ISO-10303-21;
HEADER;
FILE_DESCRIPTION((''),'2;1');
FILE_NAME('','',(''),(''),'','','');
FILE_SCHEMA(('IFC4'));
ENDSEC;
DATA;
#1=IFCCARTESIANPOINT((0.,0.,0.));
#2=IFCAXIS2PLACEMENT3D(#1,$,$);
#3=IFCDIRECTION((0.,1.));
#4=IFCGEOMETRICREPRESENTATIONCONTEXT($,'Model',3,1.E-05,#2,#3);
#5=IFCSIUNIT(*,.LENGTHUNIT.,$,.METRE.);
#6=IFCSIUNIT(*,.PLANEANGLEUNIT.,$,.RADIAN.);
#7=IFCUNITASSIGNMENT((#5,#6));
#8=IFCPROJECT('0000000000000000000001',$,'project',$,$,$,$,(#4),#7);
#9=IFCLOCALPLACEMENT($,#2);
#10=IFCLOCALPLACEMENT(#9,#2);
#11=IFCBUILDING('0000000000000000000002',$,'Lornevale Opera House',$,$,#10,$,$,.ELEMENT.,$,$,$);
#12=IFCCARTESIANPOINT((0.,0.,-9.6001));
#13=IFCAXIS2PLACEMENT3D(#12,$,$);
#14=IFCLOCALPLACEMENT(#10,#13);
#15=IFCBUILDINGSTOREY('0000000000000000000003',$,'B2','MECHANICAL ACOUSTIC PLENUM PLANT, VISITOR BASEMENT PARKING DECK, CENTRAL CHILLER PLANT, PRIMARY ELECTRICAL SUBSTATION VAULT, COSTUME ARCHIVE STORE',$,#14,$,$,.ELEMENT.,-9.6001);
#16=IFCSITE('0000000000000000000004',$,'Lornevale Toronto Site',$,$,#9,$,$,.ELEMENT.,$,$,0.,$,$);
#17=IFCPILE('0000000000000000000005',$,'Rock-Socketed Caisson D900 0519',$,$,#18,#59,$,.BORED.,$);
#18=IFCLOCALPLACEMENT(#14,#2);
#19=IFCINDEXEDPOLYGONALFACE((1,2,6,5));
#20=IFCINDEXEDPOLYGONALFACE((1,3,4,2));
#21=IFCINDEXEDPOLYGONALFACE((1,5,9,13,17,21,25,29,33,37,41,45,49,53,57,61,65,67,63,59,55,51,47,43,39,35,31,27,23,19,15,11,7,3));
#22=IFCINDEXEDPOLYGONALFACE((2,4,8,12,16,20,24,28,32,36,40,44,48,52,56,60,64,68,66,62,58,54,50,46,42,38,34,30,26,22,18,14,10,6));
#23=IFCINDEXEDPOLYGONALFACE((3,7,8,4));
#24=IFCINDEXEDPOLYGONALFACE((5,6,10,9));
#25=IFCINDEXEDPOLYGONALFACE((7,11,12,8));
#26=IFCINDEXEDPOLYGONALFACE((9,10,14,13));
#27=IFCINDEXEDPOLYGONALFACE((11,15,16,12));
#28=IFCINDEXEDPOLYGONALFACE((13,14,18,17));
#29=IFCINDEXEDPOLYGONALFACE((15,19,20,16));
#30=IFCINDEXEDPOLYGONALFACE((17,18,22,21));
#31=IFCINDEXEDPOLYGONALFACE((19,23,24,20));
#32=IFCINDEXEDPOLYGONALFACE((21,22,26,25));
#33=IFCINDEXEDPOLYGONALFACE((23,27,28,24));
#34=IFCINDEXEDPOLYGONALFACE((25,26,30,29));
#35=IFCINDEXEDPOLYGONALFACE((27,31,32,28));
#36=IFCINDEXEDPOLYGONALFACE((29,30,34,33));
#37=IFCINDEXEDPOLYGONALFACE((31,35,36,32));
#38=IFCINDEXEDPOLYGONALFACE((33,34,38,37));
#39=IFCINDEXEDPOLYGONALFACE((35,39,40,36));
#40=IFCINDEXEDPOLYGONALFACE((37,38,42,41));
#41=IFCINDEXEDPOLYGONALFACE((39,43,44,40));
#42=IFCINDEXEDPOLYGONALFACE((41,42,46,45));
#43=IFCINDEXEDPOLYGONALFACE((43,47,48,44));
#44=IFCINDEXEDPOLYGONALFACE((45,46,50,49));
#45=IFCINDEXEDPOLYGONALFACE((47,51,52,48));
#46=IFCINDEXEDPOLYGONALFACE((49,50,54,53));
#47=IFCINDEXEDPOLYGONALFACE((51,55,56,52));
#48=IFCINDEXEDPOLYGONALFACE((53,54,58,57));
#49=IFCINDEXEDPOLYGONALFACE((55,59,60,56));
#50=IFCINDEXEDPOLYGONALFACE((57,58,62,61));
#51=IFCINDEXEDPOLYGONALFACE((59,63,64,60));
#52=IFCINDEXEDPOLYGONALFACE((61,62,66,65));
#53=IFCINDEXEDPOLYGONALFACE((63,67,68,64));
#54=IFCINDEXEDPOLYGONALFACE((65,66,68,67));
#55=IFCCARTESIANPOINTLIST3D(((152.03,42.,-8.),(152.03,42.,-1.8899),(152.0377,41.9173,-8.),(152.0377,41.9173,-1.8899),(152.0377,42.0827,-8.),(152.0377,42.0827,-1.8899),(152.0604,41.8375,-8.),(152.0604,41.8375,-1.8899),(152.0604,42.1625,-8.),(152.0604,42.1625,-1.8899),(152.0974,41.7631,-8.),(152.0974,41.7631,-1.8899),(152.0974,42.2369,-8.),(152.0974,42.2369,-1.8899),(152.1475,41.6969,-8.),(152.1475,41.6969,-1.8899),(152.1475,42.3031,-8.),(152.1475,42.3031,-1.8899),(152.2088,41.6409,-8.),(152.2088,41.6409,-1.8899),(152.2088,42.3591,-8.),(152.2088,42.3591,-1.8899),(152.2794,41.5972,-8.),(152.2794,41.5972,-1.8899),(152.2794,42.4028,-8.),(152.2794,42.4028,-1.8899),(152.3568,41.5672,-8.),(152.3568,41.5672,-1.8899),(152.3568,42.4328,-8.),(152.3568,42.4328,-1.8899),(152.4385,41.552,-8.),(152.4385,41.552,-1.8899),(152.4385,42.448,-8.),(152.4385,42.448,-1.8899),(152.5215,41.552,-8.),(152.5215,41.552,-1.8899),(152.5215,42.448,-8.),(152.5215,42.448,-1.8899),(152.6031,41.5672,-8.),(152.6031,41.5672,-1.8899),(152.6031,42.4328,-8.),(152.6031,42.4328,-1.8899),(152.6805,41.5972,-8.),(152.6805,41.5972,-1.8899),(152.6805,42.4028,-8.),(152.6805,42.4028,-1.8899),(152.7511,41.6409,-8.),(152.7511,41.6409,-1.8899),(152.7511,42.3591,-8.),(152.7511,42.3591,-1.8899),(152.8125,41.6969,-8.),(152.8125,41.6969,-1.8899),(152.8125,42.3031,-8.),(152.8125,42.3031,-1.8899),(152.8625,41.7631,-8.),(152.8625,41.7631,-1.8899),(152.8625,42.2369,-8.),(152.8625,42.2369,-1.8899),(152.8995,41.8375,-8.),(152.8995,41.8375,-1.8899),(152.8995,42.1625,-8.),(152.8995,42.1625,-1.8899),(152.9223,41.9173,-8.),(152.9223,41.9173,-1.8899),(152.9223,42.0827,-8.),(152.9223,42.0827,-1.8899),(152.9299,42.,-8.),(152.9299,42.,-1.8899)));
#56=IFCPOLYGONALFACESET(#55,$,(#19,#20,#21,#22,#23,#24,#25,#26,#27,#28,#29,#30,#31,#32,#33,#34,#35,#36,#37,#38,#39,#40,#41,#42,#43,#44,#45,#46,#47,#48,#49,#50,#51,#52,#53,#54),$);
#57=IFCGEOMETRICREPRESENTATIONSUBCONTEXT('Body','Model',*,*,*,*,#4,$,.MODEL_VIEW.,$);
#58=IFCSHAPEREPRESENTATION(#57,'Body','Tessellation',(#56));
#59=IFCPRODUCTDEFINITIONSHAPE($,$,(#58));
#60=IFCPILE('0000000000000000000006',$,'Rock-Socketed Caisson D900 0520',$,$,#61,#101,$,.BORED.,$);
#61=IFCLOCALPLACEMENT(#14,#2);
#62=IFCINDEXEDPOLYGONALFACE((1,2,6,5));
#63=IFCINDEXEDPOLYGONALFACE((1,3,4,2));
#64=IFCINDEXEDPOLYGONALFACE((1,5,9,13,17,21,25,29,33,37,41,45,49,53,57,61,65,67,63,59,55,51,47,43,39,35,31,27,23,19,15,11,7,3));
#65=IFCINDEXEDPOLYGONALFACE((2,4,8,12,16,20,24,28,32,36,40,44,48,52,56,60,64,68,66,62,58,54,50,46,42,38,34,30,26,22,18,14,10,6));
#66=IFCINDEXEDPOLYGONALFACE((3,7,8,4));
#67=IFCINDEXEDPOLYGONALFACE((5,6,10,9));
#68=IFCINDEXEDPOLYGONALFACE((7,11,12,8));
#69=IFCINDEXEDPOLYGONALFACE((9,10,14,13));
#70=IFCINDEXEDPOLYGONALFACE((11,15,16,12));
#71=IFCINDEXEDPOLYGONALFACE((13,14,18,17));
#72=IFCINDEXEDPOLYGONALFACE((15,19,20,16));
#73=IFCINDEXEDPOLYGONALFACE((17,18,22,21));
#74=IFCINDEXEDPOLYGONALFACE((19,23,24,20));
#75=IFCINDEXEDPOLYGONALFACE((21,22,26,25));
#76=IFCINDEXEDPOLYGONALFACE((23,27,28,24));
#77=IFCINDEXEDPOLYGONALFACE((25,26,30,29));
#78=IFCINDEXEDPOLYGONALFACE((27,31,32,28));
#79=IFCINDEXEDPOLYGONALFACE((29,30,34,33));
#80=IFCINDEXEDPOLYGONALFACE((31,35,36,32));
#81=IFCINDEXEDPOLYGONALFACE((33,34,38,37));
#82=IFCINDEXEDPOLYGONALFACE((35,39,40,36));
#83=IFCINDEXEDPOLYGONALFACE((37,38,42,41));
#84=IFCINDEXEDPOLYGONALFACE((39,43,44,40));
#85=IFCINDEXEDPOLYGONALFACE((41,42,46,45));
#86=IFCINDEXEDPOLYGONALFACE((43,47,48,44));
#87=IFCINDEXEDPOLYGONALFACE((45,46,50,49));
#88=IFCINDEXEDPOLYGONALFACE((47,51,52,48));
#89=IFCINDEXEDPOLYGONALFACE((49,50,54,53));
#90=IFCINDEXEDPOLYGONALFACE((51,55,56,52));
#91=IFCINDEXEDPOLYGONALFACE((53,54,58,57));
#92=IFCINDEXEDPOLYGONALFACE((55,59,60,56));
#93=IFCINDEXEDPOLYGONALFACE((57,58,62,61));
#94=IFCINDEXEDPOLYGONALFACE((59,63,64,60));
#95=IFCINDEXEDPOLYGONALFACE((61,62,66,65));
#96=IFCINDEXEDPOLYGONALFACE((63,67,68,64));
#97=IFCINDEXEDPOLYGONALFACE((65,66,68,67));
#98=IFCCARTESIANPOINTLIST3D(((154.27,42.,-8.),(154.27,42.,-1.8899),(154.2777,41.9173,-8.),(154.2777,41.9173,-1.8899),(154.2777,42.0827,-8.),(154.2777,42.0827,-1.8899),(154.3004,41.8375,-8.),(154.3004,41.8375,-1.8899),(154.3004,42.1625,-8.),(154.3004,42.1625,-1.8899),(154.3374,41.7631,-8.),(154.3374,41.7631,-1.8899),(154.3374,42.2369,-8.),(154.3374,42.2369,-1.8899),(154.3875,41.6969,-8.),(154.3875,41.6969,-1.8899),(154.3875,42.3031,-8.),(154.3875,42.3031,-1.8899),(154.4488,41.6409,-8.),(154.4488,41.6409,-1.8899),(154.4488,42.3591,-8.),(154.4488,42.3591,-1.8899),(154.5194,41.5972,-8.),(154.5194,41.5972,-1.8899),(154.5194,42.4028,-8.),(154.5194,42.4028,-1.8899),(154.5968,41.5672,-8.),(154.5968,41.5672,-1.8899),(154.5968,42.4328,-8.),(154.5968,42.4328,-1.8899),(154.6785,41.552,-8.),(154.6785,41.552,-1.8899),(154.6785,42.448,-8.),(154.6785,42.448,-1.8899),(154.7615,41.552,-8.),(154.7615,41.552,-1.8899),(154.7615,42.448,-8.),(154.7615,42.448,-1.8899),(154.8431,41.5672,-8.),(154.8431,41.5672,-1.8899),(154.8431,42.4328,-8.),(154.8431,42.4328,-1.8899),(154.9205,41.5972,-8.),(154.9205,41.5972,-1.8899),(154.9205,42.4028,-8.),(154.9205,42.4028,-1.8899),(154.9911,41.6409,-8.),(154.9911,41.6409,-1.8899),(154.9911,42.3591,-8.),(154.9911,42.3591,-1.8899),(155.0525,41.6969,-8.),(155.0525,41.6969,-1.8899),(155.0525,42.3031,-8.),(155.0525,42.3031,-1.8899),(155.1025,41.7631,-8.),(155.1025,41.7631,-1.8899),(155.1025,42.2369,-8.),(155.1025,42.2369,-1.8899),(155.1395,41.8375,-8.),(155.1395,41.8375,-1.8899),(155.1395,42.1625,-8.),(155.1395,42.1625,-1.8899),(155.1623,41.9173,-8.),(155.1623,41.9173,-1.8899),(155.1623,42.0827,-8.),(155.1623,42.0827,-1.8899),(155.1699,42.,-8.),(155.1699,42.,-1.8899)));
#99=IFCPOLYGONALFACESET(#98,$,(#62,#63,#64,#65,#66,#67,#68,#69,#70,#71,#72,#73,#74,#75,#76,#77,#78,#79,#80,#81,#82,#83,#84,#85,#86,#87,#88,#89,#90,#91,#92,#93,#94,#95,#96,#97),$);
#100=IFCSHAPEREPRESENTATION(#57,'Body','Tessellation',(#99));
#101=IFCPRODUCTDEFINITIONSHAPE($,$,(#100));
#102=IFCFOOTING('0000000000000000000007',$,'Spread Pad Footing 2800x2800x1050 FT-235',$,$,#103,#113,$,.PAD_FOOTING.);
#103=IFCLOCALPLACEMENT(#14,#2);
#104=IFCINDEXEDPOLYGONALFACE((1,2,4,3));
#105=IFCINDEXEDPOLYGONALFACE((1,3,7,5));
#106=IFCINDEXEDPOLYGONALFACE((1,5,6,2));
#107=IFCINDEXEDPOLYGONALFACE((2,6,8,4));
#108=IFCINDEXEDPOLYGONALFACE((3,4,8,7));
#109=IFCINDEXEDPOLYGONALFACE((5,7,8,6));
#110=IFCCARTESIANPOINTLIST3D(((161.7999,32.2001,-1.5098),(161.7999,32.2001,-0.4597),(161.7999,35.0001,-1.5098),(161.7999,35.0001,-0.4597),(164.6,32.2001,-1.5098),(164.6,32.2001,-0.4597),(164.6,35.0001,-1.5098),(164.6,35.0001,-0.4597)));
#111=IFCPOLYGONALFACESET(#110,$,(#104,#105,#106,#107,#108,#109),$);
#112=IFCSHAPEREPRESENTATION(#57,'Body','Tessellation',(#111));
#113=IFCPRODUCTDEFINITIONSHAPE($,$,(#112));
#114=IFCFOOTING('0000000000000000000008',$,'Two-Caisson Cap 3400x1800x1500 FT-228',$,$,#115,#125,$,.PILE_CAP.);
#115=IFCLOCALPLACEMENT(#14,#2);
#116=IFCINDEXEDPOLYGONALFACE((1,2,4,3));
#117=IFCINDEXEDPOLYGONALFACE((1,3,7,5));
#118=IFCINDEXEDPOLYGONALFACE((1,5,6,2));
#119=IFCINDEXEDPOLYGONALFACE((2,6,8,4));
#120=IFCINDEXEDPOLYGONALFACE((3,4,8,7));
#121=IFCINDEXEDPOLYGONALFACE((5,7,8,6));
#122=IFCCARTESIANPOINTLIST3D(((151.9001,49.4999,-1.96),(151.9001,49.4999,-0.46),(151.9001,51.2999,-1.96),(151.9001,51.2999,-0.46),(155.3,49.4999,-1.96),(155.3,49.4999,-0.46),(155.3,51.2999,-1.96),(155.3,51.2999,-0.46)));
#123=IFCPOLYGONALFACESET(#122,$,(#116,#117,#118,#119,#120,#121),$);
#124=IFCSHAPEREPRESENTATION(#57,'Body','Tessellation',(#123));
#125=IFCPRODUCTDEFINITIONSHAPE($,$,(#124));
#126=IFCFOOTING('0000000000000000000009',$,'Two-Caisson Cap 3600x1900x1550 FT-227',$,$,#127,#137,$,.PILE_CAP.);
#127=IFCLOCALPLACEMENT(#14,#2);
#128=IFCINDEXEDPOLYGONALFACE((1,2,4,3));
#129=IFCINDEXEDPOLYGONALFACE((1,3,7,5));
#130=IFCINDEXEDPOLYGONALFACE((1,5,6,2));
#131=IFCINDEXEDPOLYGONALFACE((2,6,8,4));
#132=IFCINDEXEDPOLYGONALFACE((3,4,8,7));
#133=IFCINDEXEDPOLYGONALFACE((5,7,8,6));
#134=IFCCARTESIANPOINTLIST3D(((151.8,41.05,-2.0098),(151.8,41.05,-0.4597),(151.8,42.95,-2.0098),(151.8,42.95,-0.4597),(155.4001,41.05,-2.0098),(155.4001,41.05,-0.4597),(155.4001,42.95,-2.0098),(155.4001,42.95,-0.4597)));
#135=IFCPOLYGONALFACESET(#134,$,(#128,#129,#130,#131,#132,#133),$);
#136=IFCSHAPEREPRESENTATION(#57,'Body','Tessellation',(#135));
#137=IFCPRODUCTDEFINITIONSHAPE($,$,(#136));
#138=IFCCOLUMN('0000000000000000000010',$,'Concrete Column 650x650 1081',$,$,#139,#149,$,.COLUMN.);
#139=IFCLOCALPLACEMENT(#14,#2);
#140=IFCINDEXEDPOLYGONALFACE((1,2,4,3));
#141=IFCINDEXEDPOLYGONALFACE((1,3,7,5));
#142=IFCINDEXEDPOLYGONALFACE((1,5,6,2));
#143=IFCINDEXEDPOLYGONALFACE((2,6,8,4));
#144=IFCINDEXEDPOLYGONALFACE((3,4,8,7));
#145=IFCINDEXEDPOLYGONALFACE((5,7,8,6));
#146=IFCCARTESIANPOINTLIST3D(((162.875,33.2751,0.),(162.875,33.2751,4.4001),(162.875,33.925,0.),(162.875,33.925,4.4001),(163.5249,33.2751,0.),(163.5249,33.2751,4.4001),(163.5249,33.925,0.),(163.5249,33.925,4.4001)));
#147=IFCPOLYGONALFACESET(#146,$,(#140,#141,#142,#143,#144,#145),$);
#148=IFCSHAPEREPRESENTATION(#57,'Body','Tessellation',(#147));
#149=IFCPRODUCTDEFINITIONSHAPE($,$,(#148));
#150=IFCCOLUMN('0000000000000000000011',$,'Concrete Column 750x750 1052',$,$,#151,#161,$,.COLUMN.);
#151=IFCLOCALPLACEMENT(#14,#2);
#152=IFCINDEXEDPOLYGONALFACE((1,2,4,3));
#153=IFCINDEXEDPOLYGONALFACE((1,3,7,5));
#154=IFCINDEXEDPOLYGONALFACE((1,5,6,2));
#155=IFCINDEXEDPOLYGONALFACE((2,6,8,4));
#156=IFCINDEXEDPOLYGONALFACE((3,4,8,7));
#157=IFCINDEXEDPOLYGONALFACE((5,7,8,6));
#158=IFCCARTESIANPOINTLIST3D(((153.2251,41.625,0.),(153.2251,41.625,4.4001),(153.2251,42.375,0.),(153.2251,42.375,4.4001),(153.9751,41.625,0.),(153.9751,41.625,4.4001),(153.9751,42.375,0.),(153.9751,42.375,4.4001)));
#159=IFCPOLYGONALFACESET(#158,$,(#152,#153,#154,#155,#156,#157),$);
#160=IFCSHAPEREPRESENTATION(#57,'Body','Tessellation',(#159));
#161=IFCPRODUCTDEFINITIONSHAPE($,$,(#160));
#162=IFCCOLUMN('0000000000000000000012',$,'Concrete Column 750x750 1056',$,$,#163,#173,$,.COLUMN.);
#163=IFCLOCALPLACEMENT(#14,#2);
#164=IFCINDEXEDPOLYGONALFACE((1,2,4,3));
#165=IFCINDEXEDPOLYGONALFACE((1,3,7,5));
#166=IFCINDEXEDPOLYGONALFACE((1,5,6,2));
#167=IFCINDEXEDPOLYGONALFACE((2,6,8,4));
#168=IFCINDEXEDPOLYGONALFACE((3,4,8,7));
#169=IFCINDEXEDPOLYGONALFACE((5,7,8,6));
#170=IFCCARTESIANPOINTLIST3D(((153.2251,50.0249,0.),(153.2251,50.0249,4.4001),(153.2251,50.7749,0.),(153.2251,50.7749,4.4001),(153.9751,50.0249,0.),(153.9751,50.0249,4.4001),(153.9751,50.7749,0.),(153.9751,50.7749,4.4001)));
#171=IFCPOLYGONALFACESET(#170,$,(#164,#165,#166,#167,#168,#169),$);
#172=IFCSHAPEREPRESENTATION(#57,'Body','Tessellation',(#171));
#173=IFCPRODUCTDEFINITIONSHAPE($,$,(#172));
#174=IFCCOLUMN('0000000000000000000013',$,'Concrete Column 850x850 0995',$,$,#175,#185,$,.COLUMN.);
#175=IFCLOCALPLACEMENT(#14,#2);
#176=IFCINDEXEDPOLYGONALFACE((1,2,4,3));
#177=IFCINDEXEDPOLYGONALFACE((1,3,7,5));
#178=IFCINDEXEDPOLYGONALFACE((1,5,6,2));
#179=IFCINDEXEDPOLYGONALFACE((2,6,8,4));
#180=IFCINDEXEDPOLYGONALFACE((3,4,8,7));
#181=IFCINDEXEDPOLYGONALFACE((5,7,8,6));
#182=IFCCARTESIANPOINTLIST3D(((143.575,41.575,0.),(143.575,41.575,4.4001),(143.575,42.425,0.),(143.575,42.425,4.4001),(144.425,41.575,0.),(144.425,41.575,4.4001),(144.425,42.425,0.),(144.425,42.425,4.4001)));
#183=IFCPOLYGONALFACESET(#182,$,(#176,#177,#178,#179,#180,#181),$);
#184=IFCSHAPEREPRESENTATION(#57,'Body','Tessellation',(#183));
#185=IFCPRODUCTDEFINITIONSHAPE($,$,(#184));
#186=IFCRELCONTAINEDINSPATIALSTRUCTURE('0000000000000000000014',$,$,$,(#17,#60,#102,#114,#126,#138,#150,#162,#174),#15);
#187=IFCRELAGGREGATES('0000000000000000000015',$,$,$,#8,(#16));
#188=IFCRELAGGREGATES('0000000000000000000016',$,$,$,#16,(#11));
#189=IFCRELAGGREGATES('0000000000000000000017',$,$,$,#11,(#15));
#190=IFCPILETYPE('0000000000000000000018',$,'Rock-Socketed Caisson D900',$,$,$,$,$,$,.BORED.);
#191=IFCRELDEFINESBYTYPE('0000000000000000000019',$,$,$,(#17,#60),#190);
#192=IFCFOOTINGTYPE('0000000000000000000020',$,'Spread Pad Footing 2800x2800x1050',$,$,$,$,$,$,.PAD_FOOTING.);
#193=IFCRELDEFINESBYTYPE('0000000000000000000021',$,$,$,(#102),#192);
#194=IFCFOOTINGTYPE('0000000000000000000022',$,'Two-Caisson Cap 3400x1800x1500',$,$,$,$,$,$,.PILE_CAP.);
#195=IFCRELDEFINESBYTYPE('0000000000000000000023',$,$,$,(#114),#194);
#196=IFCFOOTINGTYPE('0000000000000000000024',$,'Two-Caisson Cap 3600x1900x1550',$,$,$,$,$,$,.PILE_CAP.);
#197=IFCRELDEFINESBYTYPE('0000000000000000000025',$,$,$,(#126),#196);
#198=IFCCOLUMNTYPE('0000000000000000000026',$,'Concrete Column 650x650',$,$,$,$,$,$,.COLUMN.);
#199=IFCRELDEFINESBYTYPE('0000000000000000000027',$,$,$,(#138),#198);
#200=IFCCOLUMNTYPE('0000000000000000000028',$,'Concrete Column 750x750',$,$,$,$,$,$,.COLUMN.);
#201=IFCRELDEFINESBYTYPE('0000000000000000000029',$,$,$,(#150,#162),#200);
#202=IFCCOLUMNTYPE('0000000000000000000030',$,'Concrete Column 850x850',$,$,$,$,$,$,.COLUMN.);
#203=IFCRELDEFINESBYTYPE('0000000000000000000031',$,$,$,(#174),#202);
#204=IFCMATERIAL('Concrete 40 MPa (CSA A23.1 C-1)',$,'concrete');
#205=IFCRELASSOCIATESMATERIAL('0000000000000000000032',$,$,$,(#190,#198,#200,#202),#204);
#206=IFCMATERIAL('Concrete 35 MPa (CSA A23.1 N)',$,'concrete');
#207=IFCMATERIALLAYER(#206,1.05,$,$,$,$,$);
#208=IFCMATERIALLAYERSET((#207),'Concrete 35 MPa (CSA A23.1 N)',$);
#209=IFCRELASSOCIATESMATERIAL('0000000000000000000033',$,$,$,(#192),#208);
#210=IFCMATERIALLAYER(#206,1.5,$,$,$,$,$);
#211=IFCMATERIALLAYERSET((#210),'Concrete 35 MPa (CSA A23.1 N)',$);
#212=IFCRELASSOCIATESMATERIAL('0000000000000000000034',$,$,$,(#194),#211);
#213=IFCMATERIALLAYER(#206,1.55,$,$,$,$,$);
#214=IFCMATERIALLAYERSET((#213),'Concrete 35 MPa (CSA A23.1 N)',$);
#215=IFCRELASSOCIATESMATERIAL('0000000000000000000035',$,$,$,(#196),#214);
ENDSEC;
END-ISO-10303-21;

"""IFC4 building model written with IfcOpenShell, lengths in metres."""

from ifc_helpers import new_model, si_unit, direction, frame, origin, origin_2d, place, context, subcontext, project, spatial, rectangle, circle, extrude, material, layer, layer_set, material_profile, profile_set, type_object, element, save


model = new_model("IFC4")

# Units and contexts
model_context = context("Model", 3, precision=1e-05, world=origin(), true_north=direction((0.0, 1.0)))
body_context = subcontext(model_context, "Body", "Model", "MODEL_VIEW")
ifc_project = project(units=[si_unit("LENGTHUNIT", "METRE"), si_unit("PLANEANGLEUNIT", "RADIAN")], contexts=[model_context])

# Site, building, storey
site_placement = place(None, origin())
site = spatial("IfcSite", under=ifc_project, at=site_placement, Name="Lornevale Toronto Site", CompositionType="ELEMENT", RefElevation=0.0)
building_placement = place(site_placement, origin())
building = spatial("IfcBuilding", under=site, at=building_placement, Name="Lornevale Opera House", CompositionType="ELEMENT")
storey_placement = place(building_placement, frame((0.0, 0.0, -9.6001)))
storey = spatial("IfcBuildingStorey", under=building, at=storey_placement, Name="B2", Description="MECHANICAL ACOUSTIC PLENUM PLANT, VISITOR BASEMENT PARKING DECK, CENTRAL CHILLER PLANT, PRIMARY ELECTRICAL SUBSTATION VAULT, COSTUME ARCHIVE STORE", CompositionType="ELEMENT", Elevation=-9.6001)

# Shared definitions
ifc_material_1 = material(Name="Concrete 35 MPa (CSA A23.1 N)", Category="concrete")

# Piles
ifc_material_2 = material(Name="Concrete 40 MPa (CSA A23.1 C-1)", Category="concrete")
ifc_material_profile_1 = material_profile(ifc_material_2, circle(Radius=0.45, at=origin_2d()), Name="CAIS900")
ifc_profile_set_1 = profile_set([ifc_material_profile_1], Name="Concrete 40 MPa (CSA A23.1 C-1)")
pile_type_1 = type_object("IfcPileType", Name="Rock-Socketed Caisson D900", PredefinedType="BORED", material=ifc_profile_set_1)
for number, where, z_axis, x_axis, name in (
    (1, (152.48, 42.0, -1.8899), (0.0, 0.0, -1.0), (1.0, 0.0, 0.0), "Rock-Socketed Caisson D900 0519"),
    (2, (154.72, 42.0, -1.8899), (0.0, 0.0, -1.0), (1.0, 0.0, 0.0), "Rock-Socketed Caisson D900 0520"),
):
    element("IfcPile", number, at=place(storey_placement, frame(where, z_axis=z_axis, x_axis=x_axis)), inside=storey, type_object=pile_type_1, Name=name, PredefinedType="BORED", context=body_context, shape_type="SweptSolid", body=[
        extrude(circle(Radius=0.45, at=origin_2d()), origin(), (0.0, 0.0, 1.0), 6.1101),
    ])

# Footings
ifc_layer_1 = layer(ifc_material_1, 1.05)
ifc_layer_set_1 = layer_set([ifc_layer_1], Name="Concrete 35 MPa (CSA A23.1 N)")
footing_type_1 = type_object("IfcFootingType", Name="Spread Pad Footing 2800x2800x1050", PredefinedType="PAD_FOOTING", material=ifc_layer_set_1)
footing_1_placement = place(storey_placement, frame((163.2, 33.6001, -1.5098), z_axis=(0.0, 0.0, 1.0), x_axis=(1.0, 0.0, 0.0)))
element("IfcFooting", 3, at=footing_1_placement, inside=storey, type_object=footing_type_1, Name="Spread Pad Footing 2800x2800x1050 FT-235", PredefinedType="PAD_FOOTING", context=body_context, shape_type="SweptSolid", body=[
    extrude(rectangle(XDim=2.8, YDim=2.8, at=origin_2d()), origin(), (0.0, 0.0, 1.0), 1.05),
])
ifc_layer_2 = layer(ifc_material_1, 1.5)
ifc_layer_set_2 = layer_set([ifc_layer_2], Name="Concrete 35 MPa (CSA A23.1 N)")
footing_type_2 = type_object("IfcFootingType", Name="Two-Caisson Cap 3400x1800x1500", PredefinedType="PILE_CAP", material=ifc_layer_set_2)
footing_2_placement = place(storey_placement, frame((153.6001, 50.3999, -1.96), z_axis=(0.0, 0.0, 1.0), x_axis=(1.0, 0.0, 0.0)))
element("IfcFooting", 4, at=footing_2_placement, inside=storey, type_object=footing_type_2, Name="Two-Caisson Cap 3400x1800x1500 FT-228", PredefinedType="PILE_CAP", context=body_context, shape_type="SweptSolid", body=[
    extrude(rectangle(XDim=3.3999, YDim=1.8, at=origin_2d()), origin(), (0.0, 0.0, 1.0), 1.5),
])
ifc_layer_3 = layer(ifc_material_1, 1.55)
ifc_layer_set_3 = layer_set([ifc_layer_3], Name="Concrete 35 MPa (CSA A23.1 N)")
footing_type_3 = type_object("IfcFootingType", Name="Two-Caisson Cap 3600x1900x1550", PredefinedType="PILE_CAP", material=ifc_layer_set_3)
footing_3_placement = place(storey_placement, frame((153.6001, 42.0, -2.0098), z_axis=(0.0, 0.0, 1.0), x_axis=(1.0, 0.0, 0.0)))
element("IfcFooting", 5, at=footing_3_placement, inside=storey, type_object=footing_type_3, Name="Two-Caisson Cap 3600x1900x1550 FT-227", PredefinedType="PILE_CAP", context=body_context, shape_type="SweptSolid", body=[
    extrude(rectangle(XDim=3.6001, YDim=1.8999, at=origin_2d()), origin(), (0.0, 0.0, 1.0), 1.55),
])

# Columns
ifc_material_profile_2 = material_profile(ifc_material_2, rectangle(XDim=0.6499, YDim=0.6499, at=origin_2d()), Name="RC650x650")
ifc_profile_set_2 = profile_set([ifc_material_profile_2], Name="Concrete 40 MPa (CSA A23.1 C-1)")
column_type_1 = type_object("IfcColumnType", Name="Concrete Column 650x650", PredefinedType="COLUMN", material=ifc_profile_set_2)
column_1_placement = place(storey_placement, frame((163.2, 33.6001, 0.0), z_axis=(0.0, 0.0, 1.0), x_axis=(1.0, 0.0, 0.0)))
element("IfcColumn", 6, at=column_1_placement, inside=storey, type_object=column_type_1, Name="Concrete Column 650x650 1081", PredefinedType="COLUMN", context=body_context, shape_type="SweptSolid", body=[
    extrude(rectangle(XDim=0.6499, YDim=0.6499, at=origin_2d()), origin(), (0.0, 0.0, 1.0), 4.4001),
])
ifc_material_profile_3 = material_profile(ifc_material_2, rectangle(XDim=0.75, YDim=0.75, at=origin_2d()), Name="RC750x750")
ifc_profile_set_3 = profile_set([ifc_material_profile_3], Name="Concrete 40 MPa (CSA A23.1 C-1)")
column_type_2 = type_object("IfcColumnType", Name="Concrete Column 750x750", PredefinedType="COLUMN", material=ifc_profile_set_3)
for number, where, z_axis, x_axis, name in (
    (7, (153.6001, 42.0, 0.0), (0.0, 0.0, 1.0), (1.0, 0.0, 0.0), "Concrete Column 750x750 1052"),
    (8, (153.6001, 50.3999, 0.0), (0.0, 0.0, 1.0), (1.0, 0.0, 0.0), "Concrete Column 750x750 1056"),
):
    element("IfcColumn", number, at=place(storey_placement, frame(where, z_axis=z_axis, x_axis=x_axis)), inside=storey, type_object=column_type_2, Name=name, PredefinedType="COLUMN", context=body_context, shape_type="SweptSolid", body=[
        extrude(rectangle(XDim=0.75, YDim=0.75, at=origin_2d()), origin(), (0.0, 0.0, 1.0), 4.4001),
    ])
ifc_material_profile_4 = material_profile(ifc_material_2, rectangle(XDim=0.8501, YDim=0.8501, at=origin_2d()), Name="RC850x850")
ifc_profile_set_4 = profile_set([ifc_material_profile_4], Name="Concrete 40 MPa (CSA A23.1 C-1)")
column_type_3 = type_object("IfcColumnType", Name="Concrete Column 850x850", PredefinedType="COLUMN", material=ifc_profile_set_4)
column_2_placement = place(storey_placement, frame((144.0, 42.0, 0.0), z_axis=(0.0, 0.0, 1.0), x_axis=(1.0, 0.0, 0.0)))
element("IfcColumn", 9, at=column_2_placement, inside=storey, type_object=column_type_3, Name="Concrete Column 850x850 0995", PredefinedType="COLUMN", context=body_context, shape_type="SweptSolid", body=[
    extrude(rectangle(XDim=0.8501, YDim=0.8501, at=origin_2d()), origin(), (0.0, 0.0, 1.0), 4.4001),
])

save(model, "model.ifc")
